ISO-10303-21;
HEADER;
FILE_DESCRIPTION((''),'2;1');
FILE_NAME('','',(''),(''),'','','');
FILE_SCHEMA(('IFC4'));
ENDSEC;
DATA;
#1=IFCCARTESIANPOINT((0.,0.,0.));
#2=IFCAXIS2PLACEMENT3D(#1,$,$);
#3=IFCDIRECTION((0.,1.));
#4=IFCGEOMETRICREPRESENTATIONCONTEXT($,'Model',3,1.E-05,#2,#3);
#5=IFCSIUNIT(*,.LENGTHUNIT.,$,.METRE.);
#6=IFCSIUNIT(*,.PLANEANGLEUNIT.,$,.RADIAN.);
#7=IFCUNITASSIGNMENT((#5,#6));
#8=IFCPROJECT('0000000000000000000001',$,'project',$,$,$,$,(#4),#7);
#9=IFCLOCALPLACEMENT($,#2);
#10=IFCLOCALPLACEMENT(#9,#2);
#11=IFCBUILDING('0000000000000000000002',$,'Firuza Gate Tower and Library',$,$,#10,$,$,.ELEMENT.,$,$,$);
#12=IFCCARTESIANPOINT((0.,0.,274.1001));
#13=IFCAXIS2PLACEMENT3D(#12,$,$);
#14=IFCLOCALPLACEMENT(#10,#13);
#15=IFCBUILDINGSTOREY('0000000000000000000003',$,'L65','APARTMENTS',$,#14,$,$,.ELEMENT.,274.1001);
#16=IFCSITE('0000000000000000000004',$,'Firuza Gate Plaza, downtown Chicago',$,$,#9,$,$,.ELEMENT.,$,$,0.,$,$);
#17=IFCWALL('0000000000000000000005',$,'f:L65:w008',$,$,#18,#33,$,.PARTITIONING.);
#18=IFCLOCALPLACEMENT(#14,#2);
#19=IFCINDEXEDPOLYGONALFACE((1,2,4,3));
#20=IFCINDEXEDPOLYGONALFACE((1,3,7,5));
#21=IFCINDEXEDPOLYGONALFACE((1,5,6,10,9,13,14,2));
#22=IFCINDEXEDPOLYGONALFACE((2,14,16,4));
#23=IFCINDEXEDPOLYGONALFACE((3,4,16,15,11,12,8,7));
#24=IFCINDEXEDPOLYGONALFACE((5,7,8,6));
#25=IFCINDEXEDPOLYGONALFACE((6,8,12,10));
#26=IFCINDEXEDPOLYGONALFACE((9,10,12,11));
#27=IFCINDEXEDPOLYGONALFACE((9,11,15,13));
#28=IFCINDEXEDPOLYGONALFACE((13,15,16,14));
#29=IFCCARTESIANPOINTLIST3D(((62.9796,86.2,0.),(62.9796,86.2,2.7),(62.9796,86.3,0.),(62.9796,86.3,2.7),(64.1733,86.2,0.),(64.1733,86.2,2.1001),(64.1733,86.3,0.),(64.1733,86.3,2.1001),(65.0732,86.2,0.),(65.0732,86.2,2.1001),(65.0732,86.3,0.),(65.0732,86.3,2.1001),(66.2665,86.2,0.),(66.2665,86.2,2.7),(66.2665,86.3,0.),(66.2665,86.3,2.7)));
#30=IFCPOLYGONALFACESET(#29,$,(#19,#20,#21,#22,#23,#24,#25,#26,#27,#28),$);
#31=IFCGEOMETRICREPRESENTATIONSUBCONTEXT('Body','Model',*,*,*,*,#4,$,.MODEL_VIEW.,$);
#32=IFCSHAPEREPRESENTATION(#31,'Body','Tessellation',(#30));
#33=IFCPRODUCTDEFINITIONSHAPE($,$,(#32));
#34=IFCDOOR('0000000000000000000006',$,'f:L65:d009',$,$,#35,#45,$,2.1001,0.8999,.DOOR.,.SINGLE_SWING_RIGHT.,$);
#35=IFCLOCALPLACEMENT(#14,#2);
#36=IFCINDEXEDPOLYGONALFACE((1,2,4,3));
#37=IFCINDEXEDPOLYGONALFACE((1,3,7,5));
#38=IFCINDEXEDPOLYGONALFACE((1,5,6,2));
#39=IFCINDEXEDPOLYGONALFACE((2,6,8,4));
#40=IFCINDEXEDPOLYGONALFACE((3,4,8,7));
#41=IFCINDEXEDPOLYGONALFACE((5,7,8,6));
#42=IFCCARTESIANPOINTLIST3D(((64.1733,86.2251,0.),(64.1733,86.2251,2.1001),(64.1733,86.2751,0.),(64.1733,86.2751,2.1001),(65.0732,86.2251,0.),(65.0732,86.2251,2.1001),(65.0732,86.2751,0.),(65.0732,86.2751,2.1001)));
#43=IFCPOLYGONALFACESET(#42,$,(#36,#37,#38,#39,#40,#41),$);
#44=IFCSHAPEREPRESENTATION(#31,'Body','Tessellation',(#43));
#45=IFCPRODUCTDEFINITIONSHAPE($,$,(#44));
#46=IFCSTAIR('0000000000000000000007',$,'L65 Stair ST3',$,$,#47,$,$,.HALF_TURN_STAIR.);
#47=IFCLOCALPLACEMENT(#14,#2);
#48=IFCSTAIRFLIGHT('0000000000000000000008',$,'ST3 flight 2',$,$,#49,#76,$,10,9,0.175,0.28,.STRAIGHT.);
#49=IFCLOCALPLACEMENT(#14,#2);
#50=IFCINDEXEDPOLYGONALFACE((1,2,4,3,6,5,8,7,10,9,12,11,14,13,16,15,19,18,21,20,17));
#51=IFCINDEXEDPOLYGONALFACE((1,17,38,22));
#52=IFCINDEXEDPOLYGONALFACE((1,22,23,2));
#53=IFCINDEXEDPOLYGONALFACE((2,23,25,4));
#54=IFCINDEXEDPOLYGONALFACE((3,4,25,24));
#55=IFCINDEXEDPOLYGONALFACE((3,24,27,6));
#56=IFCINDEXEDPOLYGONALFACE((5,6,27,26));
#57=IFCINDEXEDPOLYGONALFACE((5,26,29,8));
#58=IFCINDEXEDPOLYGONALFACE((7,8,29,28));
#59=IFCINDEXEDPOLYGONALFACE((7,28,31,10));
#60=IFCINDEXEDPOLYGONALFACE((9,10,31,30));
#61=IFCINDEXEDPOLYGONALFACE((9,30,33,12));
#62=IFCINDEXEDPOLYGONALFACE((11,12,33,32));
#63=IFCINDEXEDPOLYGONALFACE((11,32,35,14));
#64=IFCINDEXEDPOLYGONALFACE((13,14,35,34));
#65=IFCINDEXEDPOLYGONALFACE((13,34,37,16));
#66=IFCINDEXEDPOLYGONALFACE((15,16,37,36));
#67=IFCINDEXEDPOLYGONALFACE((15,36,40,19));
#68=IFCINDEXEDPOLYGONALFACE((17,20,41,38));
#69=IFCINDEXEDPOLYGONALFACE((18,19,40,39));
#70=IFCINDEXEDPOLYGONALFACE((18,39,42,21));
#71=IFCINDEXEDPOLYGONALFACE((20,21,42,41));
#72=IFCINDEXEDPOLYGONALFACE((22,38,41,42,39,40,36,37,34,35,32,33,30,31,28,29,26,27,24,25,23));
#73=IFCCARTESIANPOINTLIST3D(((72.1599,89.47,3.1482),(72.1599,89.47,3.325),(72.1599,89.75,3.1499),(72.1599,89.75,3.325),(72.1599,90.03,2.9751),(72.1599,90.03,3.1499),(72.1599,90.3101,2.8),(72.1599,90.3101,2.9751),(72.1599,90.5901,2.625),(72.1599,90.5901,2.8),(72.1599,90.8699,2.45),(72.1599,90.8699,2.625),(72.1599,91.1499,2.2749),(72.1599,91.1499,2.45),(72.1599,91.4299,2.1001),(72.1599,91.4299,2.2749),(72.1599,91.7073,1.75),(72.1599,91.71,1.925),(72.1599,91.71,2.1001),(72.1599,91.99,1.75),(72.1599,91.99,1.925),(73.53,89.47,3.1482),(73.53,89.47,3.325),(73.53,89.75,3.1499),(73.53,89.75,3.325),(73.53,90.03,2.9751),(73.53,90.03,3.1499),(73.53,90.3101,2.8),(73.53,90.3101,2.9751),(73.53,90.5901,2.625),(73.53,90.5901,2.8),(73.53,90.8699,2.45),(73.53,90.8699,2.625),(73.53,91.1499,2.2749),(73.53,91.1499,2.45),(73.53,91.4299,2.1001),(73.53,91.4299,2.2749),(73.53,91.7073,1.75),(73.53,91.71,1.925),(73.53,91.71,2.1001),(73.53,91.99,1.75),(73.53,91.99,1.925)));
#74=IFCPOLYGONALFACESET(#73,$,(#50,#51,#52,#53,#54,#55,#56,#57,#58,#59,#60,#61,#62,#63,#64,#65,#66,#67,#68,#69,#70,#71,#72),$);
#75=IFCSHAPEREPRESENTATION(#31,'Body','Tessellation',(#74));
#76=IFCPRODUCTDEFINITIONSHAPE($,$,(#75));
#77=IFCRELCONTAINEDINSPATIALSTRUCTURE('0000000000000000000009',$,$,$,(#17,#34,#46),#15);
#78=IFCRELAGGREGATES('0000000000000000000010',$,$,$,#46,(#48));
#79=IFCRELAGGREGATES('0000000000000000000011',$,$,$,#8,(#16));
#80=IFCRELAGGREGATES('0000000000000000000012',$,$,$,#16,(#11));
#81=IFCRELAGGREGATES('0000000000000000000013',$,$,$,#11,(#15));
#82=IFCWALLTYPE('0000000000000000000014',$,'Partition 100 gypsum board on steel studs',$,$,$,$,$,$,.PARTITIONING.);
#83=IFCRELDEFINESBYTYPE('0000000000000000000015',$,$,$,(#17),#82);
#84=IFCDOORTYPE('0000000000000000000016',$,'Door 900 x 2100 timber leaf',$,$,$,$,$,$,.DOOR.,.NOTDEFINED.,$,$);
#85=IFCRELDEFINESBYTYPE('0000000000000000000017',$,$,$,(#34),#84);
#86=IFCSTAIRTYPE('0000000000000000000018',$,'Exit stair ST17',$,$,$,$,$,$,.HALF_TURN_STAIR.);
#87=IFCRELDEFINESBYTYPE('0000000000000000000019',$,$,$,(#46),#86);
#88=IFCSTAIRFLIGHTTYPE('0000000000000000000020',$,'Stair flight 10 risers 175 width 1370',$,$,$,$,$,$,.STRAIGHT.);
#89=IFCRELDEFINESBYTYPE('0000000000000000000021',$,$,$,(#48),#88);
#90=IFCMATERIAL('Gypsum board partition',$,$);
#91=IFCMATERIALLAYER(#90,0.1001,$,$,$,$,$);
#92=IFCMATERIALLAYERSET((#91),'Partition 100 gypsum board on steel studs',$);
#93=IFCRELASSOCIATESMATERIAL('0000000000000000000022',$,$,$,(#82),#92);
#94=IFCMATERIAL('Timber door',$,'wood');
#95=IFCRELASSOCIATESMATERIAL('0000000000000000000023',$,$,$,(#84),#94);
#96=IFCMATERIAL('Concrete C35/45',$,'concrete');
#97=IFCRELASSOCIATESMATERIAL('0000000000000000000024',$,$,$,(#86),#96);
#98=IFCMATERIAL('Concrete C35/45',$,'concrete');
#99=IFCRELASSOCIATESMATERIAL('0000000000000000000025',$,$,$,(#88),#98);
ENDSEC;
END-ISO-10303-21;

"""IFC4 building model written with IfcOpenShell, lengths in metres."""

from ifc_helpers import new_model, si_unit, direction, frame, frame_2d, origin, place, context, subcontext, project, spatial, polyline, rectangle, outline, extrude, material, layer, layer_set, type_object, element, fill, aggregate, save


model = new_model("IFC4")

# Units and contexts
model_context = context("Model", 3, precision=1e-05, world=origin(), true_north=direction((0.0, 1.0)))
body_context = subcontext(model_context, "Body", "Model", "MODEL_VIEW")
ifc_project = project(units=[si_unit("LENGTHUNIT", "METRE"), si_unit("PLANEANGLEUNIT", "RADIAN")], contexts=[model_context])

# Site, building, storey
site_placement = place(None, origin())
site = spatial("IfcSite", under=ifc_project, at=site_placement, Name="Firuza Gate Plaza, downtown Chicago", CompositionType="ELEMENT", RefElevation=0.0)
building_placement = place(site_placement, origin())
building = spatial("IfcBuilding", under=site, at=building_placement, Name="Firuza Gate Tower and Library", CompositionType="ELEMENT")
storey_placement = place(building_placement, frame((0.0, 0.0, 274.1001)))
storey = spatial("IfcBuildingStorey", under=building, at=storey_placement, Name="L65", Description="APARTMENTS", CompositionType="ELEMENT", Elevation=274.1001)

# Shared definitions
placement = place(storey_placement, origin())

# Wall, opening, door
ifc_material_1 = material(Name="Gypsum board partition")
ifc_layer_1 = layer(ifc_material_1, 0.1001)
ifc_layer_set_1 = layer_set([ifc_layer_1], Name="Partition 100 gypsum board on steel studs")
wall_type_1 = type_object("IfcWallType", Name="Partition 100 gypsum board on steel studs", PredefinedType="PARTITIONING", material=ifc_layer_set_1)
wall_1_placement = place(storey_placement, frame((66.2666, 86.25, 0.0), z_axis=(0.0, 0.0, 1.0), x_axis=(-1.0, 0.0, 0.0)))
wall_1 = element("IfcWall", 1, at=wall_1_placement, inside=storey, type_object=wall_type_1, Name="f:L65:w008", PredefinedType="PARTITIONING", context=body_context, shape_type="SweptSolid", body=[
    extrude(rectangle(XDim=3.2869, YDim=0.1001, at=frame_2d((1.6436, 0.0))), origin(), (0.0, 0.0, 1.0), 2.7),
])
opening_1_placement = place(wall_1_placement, frame((1.1934, 0.0, 0.0)))
opening_1 = element("IfcOpeningElement", 2, at=opening_1_placement, cuts=wall_1, PredefinedType="OPENING", context=body_context, shape_type="SweptSolid", body=[
    extrude(rectangle(XDim=0.8999, YDim=2.1001, at=frame_2d((0.45, 1.05))), frame((0.0, 0.0601, 0.0), z_axis=(0.0, -1.0, 0.0), x_axis=(1.0, 0.0, 0.0)), (0.0, 0.0, 1.0), 0.1201),
])
ifc_material_2 = material(Name="Timber door", Category="wood")
door_type_1 = type_object("IfcDoorType", Name="Door 900 x 2100 timber leaf", OperationType="NOTDEFINED", PredefinedType="DOOR", material=ifc_material_2)
door_1_placement = place(opening_1_placement, origin())
door_1 = element("IfcDoor", 3, at=door_1_placement, inside=storey, type_object=door_type_1, Name="f:L65:d009", OperationType="SINGLE_SWING_RIGHT", OverallHeight=2.1001, OverallWidth=0.8999, PredefinedType="DOOR", context=body_context, shape_type="SweptSolid", body=[
    extrude(rectangle(XDim=0.8999, YDim=2.1001, at=frame_2d((0.45, 1.05))), frame((0.0, 0.0249, 0.0), z_axis=(0.0, -1.0, 0.0), x_axis=(1.0, 0.0, 0.0)), (0.0, 0.0, 1.0), 0.05),
])
fill(opening_1, door_1)

# Stair, stair flight
ifc_material_3 = material(Name="Concrete C35/45", Category="concrete")
stair_type = type_object("IfcStairType", Name="Exit stair ST17", PredefinedType="HALF_TURN_STAIR", material=ifc_material_3)
stair = element("IfcStair", 4, at=placement, inside=storey, type_object=stair_type, Name="L65 Stair ST3", PredefinedType="HALF_TURN_STAIR")
ifc_material_4 = material(Name="Concrete C35/45", Category="concrete")
stair_flight_type = type_object("IfcStairFlightType", Name="Stair flight 10 risers 175 width 1370", PredefinedType="STRAIGHT", material=ifc_material_4)
stair_flight_placement = place(storey_placement, frame((72.845, 91.99, 1.75), z_axis=(0.0, 0.0, 1.0), x_axis=(0.0, -1.0, 0.0)))
stair_flight = element("IfcStairFlight", 5, at=stair_flight_placement, type_object=stair_flight_type, Name="ST3 flight 2", NumberOfRisers=10, NumberOfTreads=9, PredefinedType="STRAIGHT", RiserHeight=0.175, TreadLength=0.28, context=body_context, shape_type="SweptSolid", body=[
    extrude(outline(polyline([(0.0, 0.0), (0.0, 0.175), (0.28, 0.175), (0.28, 0.3501), (0.5601, 0.3501), (0.5601, 0.5249), (0.8401, 0.5249), (0.8401, 0.7), (1.1201, 0.7), (1.1201, 0.875), (1.3999, 0.875), (1.3999, 1.05), (1.6799, 1.05), (1.6799, 1.2251), (1.96, 1.2251), (1.96, 1.3999), (2.24, 1.3999), (2.24, 1.575), (2.52, 1.575), (2.52, 1.75), (2.52, 1.3982), (0.2827, 0.0), (0.0, 0.0)])), frame((0.0, 0.6851, 0.0), z_axis=(0.0, -1.0, 0.0), x_axis=(1.0, 0.0, 0.0)), (0.0, 0.0, 1.0), 1.3701),
])
aggregate(stair, [stair_flight])

save(model, "model.ifc")
